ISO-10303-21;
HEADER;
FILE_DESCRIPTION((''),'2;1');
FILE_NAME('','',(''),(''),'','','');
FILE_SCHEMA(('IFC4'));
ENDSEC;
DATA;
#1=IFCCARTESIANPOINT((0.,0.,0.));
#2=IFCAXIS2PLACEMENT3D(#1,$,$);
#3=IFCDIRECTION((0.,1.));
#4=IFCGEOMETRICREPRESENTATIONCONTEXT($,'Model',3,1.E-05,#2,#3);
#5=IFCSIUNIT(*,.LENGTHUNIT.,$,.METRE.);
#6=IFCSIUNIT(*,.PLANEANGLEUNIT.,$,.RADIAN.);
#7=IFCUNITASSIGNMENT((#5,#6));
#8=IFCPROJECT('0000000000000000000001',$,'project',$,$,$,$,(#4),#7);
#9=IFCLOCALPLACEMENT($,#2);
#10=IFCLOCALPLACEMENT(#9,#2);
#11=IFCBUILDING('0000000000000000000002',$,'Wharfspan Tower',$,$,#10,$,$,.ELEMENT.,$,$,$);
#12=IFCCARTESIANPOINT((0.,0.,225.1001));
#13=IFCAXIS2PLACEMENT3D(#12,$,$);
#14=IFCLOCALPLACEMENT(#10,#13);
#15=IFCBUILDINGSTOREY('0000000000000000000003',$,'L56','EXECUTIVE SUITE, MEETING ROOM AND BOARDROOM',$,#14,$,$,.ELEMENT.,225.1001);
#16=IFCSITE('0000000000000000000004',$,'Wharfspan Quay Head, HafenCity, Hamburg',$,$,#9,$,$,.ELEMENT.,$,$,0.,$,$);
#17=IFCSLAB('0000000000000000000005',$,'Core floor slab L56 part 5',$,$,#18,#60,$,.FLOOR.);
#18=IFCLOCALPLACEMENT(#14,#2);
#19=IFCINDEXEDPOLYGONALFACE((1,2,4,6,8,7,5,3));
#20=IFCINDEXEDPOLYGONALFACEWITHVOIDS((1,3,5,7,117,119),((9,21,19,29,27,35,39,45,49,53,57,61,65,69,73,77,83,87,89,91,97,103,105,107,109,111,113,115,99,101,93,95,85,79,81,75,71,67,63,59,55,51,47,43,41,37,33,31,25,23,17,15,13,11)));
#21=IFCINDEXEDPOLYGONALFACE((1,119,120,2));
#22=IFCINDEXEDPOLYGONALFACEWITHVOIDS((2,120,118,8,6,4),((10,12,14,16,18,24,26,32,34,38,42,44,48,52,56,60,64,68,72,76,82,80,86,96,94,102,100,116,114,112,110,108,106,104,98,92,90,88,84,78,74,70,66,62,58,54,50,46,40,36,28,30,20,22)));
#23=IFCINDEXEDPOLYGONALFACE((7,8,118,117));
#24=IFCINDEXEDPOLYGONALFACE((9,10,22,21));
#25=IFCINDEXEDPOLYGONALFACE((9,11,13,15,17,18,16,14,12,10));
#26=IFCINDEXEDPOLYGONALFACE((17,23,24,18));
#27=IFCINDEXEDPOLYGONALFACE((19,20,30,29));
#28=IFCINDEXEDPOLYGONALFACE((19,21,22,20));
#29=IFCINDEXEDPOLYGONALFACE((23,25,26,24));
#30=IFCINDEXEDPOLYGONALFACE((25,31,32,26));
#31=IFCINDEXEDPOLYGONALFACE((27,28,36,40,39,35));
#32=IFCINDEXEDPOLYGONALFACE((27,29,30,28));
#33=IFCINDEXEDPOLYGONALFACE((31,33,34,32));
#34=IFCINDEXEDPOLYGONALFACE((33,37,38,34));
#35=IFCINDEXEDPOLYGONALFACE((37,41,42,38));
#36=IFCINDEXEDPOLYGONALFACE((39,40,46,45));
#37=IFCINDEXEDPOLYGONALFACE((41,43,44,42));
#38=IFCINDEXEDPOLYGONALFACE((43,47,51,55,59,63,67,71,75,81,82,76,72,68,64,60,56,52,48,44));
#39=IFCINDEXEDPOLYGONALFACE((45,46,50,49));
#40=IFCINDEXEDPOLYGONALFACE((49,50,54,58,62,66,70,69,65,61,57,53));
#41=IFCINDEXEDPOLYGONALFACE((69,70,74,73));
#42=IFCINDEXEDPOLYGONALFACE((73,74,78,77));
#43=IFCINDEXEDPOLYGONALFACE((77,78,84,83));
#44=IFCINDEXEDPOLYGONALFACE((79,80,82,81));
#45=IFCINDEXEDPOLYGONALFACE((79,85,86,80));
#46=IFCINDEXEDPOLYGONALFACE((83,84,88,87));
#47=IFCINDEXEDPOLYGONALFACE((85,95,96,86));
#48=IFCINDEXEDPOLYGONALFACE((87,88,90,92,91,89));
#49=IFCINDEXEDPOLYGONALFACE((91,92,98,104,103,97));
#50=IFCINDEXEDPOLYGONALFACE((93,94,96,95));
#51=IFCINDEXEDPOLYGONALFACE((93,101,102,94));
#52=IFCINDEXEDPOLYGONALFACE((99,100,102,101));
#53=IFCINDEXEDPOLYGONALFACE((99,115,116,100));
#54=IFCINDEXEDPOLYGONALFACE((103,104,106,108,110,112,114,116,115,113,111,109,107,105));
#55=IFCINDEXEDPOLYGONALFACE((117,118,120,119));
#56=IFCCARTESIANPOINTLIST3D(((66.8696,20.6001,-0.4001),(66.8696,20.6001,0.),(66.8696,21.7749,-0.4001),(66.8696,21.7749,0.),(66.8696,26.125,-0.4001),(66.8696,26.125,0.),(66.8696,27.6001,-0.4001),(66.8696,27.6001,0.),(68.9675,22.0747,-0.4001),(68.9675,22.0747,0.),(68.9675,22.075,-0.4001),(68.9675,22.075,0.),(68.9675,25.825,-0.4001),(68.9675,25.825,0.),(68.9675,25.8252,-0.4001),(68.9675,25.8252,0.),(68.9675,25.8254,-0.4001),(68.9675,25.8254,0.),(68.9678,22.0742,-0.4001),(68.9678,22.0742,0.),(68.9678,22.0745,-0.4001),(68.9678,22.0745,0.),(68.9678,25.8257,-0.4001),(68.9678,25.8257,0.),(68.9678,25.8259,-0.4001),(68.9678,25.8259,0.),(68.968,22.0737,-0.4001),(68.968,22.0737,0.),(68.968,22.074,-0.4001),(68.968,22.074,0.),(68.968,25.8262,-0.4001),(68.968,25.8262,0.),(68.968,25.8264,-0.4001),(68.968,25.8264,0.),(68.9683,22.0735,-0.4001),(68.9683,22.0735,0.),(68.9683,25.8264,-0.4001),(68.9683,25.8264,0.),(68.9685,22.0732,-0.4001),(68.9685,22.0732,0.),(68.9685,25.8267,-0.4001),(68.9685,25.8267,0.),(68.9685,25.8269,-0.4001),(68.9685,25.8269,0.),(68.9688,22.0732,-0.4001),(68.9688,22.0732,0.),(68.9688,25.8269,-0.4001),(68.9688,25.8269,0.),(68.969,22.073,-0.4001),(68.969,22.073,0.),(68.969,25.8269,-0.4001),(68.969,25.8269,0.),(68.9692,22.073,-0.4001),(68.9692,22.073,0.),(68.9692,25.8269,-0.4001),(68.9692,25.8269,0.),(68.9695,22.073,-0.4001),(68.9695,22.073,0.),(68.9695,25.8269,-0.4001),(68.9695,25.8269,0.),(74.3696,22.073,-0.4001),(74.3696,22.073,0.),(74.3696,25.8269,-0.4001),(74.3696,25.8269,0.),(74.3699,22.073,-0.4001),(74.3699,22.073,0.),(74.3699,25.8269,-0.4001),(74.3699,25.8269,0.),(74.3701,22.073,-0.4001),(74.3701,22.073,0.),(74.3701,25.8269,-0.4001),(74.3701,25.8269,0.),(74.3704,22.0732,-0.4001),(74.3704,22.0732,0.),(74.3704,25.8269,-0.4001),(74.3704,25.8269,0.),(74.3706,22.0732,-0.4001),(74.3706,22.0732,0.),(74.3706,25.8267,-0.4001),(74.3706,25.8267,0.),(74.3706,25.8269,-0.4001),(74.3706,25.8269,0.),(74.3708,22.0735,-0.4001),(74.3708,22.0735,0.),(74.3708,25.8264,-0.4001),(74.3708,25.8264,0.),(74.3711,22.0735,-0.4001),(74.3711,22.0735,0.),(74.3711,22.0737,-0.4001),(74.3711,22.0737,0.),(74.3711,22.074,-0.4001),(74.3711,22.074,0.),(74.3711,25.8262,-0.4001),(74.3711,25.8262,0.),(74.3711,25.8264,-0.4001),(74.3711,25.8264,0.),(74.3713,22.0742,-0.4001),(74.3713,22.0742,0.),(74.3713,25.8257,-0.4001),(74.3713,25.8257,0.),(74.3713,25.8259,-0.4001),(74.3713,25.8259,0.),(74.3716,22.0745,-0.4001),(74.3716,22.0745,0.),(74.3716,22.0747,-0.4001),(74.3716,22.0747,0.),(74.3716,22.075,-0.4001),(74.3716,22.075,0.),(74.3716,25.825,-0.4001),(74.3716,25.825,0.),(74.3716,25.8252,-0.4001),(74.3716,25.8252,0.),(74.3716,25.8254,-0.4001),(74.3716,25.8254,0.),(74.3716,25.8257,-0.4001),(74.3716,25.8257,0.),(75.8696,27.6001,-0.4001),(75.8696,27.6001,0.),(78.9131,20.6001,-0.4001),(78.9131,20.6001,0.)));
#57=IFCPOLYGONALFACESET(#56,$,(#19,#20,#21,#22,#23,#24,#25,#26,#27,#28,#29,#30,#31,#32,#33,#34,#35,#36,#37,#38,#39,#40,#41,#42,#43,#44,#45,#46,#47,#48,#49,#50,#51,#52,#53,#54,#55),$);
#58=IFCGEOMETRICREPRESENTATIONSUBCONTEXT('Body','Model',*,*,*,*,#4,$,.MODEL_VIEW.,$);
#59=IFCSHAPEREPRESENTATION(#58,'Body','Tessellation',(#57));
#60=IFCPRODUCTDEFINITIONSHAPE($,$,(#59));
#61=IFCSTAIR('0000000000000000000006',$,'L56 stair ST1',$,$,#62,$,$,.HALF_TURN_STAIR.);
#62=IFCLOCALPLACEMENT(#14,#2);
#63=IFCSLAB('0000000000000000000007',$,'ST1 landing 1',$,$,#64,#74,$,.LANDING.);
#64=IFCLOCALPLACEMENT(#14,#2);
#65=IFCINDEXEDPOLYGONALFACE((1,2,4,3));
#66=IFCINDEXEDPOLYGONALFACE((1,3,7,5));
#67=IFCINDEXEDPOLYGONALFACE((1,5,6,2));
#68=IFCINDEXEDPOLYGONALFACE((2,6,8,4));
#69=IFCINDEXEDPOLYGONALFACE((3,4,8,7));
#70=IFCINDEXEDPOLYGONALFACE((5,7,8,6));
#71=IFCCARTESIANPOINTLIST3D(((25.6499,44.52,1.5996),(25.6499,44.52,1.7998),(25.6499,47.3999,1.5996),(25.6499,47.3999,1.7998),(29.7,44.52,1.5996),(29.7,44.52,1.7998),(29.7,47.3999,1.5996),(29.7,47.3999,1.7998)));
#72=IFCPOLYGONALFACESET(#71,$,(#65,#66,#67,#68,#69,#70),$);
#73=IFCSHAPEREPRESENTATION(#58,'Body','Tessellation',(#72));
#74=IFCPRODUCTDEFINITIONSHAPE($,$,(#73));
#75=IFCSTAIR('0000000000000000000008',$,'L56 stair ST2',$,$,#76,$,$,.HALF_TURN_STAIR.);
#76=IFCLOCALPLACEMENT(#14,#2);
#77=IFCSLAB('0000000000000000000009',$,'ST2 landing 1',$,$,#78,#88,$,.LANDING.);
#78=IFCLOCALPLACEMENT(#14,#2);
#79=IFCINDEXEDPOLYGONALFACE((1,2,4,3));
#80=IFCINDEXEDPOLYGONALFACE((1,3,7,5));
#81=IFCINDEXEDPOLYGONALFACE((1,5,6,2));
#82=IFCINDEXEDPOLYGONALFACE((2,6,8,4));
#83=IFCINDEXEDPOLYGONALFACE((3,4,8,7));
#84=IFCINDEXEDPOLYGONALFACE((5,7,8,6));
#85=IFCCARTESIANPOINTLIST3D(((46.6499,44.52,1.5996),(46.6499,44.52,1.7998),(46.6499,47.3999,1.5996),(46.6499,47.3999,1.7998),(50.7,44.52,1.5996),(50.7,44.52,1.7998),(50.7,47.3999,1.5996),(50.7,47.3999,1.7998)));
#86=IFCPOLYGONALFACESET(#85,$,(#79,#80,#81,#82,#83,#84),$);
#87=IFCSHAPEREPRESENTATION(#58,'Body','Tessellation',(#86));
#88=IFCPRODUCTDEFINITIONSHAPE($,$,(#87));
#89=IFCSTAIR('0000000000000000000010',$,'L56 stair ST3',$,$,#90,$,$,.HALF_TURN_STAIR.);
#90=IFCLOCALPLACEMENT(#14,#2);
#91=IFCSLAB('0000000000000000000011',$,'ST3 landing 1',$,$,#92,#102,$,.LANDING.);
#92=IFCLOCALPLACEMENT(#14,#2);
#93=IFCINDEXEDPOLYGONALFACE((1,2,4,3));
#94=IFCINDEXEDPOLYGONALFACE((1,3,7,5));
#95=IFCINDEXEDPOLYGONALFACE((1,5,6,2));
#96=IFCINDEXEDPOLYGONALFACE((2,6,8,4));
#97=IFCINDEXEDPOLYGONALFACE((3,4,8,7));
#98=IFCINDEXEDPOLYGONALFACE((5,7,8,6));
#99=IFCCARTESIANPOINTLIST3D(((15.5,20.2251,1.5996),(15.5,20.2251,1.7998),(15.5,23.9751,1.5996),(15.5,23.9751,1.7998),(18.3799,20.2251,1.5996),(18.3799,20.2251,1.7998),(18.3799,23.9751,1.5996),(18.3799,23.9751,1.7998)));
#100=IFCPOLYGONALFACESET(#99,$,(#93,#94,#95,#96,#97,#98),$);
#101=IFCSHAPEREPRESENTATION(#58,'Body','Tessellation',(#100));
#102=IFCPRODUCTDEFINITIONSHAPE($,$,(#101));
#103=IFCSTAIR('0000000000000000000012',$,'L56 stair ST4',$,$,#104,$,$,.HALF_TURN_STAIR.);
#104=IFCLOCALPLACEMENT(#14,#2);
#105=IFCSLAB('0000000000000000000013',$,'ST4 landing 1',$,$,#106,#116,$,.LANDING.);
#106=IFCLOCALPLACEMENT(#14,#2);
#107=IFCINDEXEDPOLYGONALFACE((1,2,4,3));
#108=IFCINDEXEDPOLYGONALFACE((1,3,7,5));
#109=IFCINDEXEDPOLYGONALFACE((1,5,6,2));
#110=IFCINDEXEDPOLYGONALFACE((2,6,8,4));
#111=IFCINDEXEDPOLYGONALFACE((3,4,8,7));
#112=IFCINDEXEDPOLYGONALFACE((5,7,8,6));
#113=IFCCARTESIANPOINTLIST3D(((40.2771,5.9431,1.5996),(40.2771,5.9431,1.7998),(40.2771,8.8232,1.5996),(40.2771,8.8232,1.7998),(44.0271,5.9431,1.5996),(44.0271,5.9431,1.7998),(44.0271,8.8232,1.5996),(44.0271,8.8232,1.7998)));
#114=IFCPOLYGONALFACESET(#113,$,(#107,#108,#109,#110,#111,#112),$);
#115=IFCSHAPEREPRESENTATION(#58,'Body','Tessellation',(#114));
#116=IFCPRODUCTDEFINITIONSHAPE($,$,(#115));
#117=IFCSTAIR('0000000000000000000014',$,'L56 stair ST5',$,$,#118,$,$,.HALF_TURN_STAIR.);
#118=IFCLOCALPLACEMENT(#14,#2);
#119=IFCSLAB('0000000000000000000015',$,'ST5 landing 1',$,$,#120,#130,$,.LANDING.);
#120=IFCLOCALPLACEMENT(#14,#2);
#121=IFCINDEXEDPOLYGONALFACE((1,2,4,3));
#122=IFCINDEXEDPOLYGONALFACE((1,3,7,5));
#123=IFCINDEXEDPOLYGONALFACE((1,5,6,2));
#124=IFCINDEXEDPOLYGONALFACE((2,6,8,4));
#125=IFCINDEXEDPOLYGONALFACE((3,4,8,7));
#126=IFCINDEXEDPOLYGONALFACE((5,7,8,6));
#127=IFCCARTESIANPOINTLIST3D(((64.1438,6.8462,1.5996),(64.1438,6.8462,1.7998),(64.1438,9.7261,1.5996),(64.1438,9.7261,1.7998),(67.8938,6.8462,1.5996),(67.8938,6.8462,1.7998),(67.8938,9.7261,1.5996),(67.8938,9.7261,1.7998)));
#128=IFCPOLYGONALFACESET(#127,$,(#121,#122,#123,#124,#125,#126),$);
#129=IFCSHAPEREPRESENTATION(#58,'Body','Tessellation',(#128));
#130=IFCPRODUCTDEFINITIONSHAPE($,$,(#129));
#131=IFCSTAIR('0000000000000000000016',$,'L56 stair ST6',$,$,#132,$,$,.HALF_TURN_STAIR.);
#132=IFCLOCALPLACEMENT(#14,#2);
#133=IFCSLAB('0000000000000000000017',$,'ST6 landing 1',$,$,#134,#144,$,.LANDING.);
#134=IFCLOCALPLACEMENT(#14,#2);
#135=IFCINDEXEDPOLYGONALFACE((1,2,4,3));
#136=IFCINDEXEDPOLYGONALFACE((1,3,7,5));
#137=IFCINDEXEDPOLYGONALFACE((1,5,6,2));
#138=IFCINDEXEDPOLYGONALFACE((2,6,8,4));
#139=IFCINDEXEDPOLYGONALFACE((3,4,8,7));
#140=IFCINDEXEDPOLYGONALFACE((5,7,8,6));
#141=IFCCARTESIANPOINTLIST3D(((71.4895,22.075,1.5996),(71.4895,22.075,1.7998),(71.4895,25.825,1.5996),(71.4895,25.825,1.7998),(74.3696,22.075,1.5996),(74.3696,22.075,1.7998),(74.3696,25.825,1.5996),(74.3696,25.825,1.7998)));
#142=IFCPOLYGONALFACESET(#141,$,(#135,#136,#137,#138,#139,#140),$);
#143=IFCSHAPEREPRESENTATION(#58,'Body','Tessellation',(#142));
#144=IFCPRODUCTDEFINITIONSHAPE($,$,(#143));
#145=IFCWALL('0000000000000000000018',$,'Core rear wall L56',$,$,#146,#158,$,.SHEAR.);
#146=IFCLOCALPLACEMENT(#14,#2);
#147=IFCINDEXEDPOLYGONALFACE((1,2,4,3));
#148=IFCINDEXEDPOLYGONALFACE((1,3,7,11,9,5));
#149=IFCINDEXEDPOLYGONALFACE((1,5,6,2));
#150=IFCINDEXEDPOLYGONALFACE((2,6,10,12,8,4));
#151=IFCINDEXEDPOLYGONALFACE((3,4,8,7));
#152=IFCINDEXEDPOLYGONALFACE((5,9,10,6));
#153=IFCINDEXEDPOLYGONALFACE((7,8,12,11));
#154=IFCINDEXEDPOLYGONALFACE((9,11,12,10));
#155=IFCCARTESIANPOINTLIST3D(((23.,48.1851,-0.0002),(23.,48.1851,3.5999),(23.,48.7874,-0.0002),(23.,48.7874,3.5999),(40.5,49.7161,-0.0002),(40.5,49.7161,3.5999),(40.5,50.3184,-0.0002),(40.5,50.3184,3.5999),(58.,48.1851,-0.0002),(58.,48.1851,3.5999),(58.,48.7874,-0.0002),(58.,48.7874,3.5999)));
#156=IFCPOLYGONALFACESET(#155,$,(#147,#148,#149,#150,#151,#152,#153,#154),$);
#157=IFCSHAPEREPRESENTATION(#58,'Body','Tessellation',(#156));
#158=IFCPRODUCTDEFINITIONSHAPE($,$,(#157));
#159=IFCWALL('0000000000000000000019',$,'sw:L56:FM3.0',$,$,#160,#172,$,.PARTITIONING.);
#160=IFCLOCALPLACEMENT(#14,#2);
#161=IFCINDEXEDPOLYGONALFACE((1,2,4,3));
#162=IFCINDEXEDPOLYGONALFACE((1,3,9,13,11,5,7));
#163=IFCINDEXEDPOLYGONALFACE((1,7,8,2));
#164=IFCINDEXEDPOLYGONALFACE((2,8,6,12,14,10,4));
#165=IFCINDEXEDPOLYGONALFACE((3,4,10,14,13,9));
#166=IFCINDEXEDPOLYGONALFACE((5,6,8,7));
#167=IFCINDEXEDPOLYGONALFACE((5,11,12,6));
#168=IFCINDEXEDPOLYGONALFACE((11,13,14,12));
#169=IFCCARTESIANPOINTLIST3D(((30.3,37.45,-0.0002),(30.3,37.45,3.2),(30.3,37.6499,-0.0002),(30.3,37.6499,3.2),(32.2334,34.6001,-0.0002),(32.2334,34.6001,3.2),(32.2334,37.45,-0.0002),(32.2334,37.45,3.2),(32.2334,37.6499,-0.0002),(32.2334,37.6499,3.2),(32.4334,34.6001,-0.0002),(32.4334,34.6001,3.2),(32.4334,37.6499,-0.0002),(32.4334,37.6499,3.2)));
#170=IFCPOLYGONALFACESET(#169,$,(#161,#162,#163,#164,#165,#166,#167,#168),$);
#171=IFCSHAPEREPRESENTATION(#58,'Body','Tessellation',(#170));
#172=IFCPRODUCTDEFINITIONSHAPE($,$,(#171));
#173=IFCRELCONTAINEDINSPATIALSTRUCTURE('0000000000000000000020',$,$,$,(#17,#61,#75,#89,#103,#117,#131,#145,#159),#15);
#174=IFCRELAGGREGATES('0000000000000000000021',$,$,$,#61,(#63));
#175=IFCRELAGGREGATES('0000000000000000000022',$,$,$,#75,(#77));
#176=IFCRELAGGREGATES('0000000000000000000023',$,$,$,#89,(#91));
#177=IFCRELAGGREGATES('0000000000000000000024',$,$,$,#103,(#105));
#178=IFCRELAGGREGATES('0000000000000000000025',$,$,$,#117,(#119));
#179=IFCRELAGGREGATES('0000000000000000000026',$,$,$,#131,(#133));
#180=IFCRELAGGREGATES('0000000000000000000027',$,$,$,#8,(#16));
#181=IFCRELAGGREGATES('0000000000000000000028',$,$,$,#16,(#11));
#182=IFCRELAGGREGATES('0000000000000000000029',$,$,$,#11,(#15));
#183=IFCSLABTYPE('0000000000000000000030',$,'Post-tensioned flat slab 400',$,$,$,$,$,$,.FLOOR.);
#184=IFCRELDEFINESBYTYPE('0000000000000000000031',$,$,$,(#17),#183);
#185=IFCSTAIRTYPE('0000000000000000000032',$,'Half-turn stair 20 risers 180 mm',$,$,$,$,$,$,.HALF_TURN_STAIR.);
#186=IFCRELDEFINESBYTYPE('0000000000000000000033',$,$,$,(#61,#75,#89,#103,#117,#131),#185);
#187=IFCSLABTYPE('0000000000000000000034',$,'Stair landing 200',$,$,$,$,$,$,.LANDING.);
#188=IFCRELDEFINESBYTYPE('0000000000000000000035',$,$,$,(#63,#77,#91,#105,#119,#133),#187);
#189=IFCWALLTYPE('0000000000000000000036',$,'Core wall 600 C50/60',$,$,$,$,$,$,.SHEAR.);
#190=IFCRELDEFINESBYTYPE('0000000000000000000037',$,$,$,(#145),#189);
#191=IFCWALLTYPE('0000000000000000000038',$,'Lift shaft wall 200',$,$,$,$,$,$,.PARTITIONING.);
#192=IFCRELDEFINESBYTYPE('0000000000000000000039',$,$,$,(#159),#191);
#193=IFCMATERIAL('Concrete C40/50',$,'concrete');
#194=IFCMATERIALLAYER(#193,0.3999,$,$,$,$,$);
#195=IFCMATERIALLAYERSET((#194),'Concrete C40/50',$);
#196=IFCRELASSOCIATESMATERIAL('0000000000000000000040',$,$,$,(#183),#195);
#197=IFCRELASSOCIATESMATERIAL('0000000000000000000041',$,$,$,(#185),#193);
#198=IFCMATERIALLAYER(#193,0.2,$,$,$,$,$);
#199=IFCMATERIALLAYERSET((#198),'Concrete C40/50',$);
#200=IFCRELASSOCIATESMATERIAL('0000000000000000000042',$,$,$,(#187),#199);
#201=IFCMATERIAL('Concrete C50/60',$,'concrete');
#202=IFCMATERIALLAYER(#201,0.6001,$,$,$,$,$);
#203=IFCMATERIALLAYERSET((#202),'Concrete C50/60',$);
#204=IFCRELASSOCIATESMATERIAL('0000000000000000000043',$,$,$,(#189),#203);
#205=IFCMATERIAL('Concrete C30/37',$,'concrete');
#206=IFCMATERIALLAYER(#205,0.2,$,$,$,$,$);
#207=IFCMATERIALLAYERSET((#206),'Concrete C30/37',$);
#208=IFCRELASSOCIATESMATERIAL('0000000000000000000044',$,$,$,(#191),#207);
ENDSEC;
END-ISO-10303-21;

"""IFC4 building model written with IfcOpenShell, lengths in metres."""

from ifc_helpers import new_model, si_unit, direction, frame, origin, place, context, subcontext, project, spatial, polyline, outline, extrude, material, layer, layer_set, type_object, element, aggregate, save


model = new_model("IFC4")

# Units and contexts
model_context = context("Model", 3, precision=1e-05, world=origin(), true_north=direction((0.0, 1.0)))
body_context = subcontext(model_context, "Body", "Model", "MODEL_VIEW")
ifc_project = project(units=[si_unit("LENGTHUNIT", "METRE"), si_unit("PLANEANGLEUNIT", "RADIAN")], contexts=[model_context])

# Site, building, storey
site_placement = place(None, origin())
site = spatial("IfcSite", under=ifc_project, at=site_placement, Name="Wharfspan Quay Head, HafenCity, Hamburg", CompositionType="ELEMENT", RefElevation=0.0)
building_placement = place(site_placement, origin())
building = spatial("IfcBuilding", under=site, at=building_placement, Name="Wharfspan Tower", CompositionType="ELEMENT")
storey_placement = place(building_placement, frame((0.0, 0.0, 225.1001)))
storey = spatial("IfcBuildingStorey", under=building, at=storey_placement, Name="L56", Description="EXECUTIVE SUITE, MEETING ROOM AND BOARDROOM", CompositionType="ELEMENT", Elevation=225.1001)

# Slab
ifc_material_1 = material(Name="Concrete C40/50", Category="concrete")
ifc_layer_1 = layer(ifc_material_1, 0.3999)
ifc_layer_set_1 = layer_set([ifc_layer_1], Name="Concrete C40/50")
slab_type_1 = type_object("IfcSlabType", Name="Post-tensioned flat slab 400", PredefinedType="FLOOR", material=ifc_layer_set_1)
slab_1_placement = place(storey_placement, frame((0.0, 0.0, -0.4001)))
element("IfcSlab", 1, at=slab_1_placement, inside=storey, type_object=slab_type_1, Name="Core floor slab L56 part 5", PredefinedType="FLOOR", context=body_context, shape_type="SweptSolid", body=[
    extrude(outline(polyline([(75.8696, 27.6001), (66.8696, 27.6001), (66.8696, 26.125), (66.8696, 21.7749), (66.8696, 20.6001), (78.9131, 20.6001), (75.8696, 27.6001)]), holes=[polyline([(68.9675, 25.825), (68.9675, 25.8252), (68.9675, 25.8254), (68.9678, 25.8257), (68.9678, 25.8257), (68.9678, 25.8259), (68.968, 25.8262), (68.968, 25.8264), (68.9683, 25.8264), (68.9683, 25.8264), (68.9685, 25.8267), (68.9685, 25.8269), (68.9688, 25.8269), (68.969, 25.8269), (68.9692, 25.8269), (68.9695, 25.8269), (68.9695, 25.8269), (74.3696, 25.8269), (74.3699, 25.8269), (74.3701, 25.8269), (74.3701, 25.8269), (74.3704, 25.8269), (74.3706, 25.8269), (74.3706, 25.8267), (74.3709, 25.8264), (74.3711, 25.8264), (74.3711, 25.8264), (74.3711, 25.8262), (74.3713, 25.8259), (74.3713, 25.8257), (74.3716, 25.8257), (74.3716, 25.8254), (74.3716, 25.8252), (74.3716, 25.825), (74.3716, 22.075), (74.3716, 22.0747), (74.3716, 22.0747), (74.3716, 22.0745), (74.3713, 22.0742), (74.3713, 22.0742), (74.3711, 22.074), (74.3711, 22.0737), (74.3711, 22.0735), (74.3709, 22.0735), (74.3706, 22.0732), (74.3706, 22.0732), (74.3704, 22.0732), (74.3701, 22.073), (74.3701, 22.073), (74.3699, 22.073), (74.3696, 22.073), (68.9695, 22.073), (68.9695, 22.073), (68.9692, 22.073), (68.969, 22.073), (68.9688, 22.0732), (68.9685, 22.0732), (68.9685, 22.0732), (68.9683, 22.0735), (68.9683, 22.0735), (68.968, 22.0737), (68.968, 22.074), (68.9678, 22.0742), (68.9678, 22.0742), (68.9678, 22.0745), (68.9675, 22.0747), (68.9675, 22.0747), (68.9675, 22.075), (68.9675, 25.825)])]), origin(), (0.0, 0.0, 1.0), 0.4001),
])

# Stairs, slabs
stair_type = type_object("IfcStairType", Name="Half-turn stair 20 risers 180 mm", PredefinedType="HALF_TURN_STAIR", material=ifc_material_1)
stair_1_placement = place(storey_placement, origin())
stair_1 = element("IfcStair", 2, at=stair_1_placement, inside=storey, type_object=stair_type, Name="L56 stair ST1", PredefinedType="HALF_TURN_STAIR")
ifc_layer_2 = layer(ifc_material_1, 0.2)
ifc_layer_set_2 = layer_set([ifc_layer_2], Name="Concrete C40/50")
slab_type_2 = type_object("IfcSlabType", Name="Stair landing 200", PredefinedType="LANDING", material=ifc_layer_set_2)
slab_2_placement = place(storey_placement, frame((0.0, 0.0, 1.5996)))
slab_2 = element("IfcSlab", 3, at=slab_2_placement, type_object=slab_type_2, Name="ST1 landing 1", PredefinedType="LANDING", context=body_context, shape_type="SweptSolid", body=[
    extrude(outline(polyline([(25.6499, 44.52), (29.7, 44.52), (29.7, 47.3999), (25.6499, 47.3999), (25.6499, 44.52)])), origin(), (0.0, 0.0, 1.0), 0.2002),
])
aggregate(stair_1, [slab_2])
stair_2_placement = place(storey_placement, origin())
stair_2 = element("IfcStair", 4, at=stair_2_placement, inside=storey, type_object=stair_type, Name="L56 stair ST2", PredefinedType="HALF_TURN_STAIR")
slab_3_placement = place(storey_placement, frame((0.0, 0.0, 1.5996)))
slab_3 = element("IfcSlab", 5, at=slab_3_placement, type_object=slab_type_2, Name="ST2 landing 1", PredefinedType="LANDING", context=body_context, shape_type="SweptSolid", body=[
    extrude(outline(polyline([(46.6499, 44.52), (50.7, 44.52), (50.7, 47.3999), (46.6499, 47.3999), (46.6499, 44.52)])), origin(), (0.0, 0.0, 1.0), 0.2002),
])
aggregate(stair_2, [slab_3])
stair_3_placement = place(storey_placement, origin())
stair_3 = element("IfcStair", 6, at=stair_3_placement, inside=storey, type_object=stair_type, Name="L56 stair ST3", PredefinedType="HALF_TURN_STAIR")
slab_4_placement = place(storey_placement, frame((0.0, 0.0, 1.5996)))
slab_4 = element("IfcSlab", 7, at=slab_4_placement, type_object=slab_type_2, Name="ST3 landing 1", PredefinedType="LANDING", context=body_context, shape_type="SweptSolid", body=[
    extrude(outline(polyline([(18.3799, 23.9751), (15.5, 23.9751), (15.5, 20.2251), (18.3799, 20.2251), (18.3799, 23.9751)])), origin(), (0.0, 0.0, 1.0), 0.2002),
])
aggregate(stair_3, [slab_4])
stair_4_placement = place(storey_placement, origin())
stair_4 = element("IfcStair", 8, at=stair_4_placement, inside=storey, type_object=stair_type, Name="L56 stair ST4", PredefinedType="HALF_TURN_STAIR")
slab_5_placement = place(storey_placement, frame((0.0, 0.0, 1.5996)))
slab_5 = element("IfcSlab", 9, at=slab_5_placement, type_object=slab_type_2, Name="ST4 landing 1", PredefinedType="LANDING", context=body_context, shape_type="SweptSolid", body=[
    extrude(outline(polyline([(40.2771, 8.8232), (40.2771, 5.9431), (44.0271, 5.9431), (44.0271, 8.8232), (40.2771, 8.8232)])), origin(), (0.0, 0.0, 1.0), 0.2002),
])
aggregate(stair_4, [slab_5])
stair_5_placement = place(storey_placement, origin())
stair_5 = element("IfcStair", 10, at=stair_5_placement, inside=storey, type_object=stair_type, Name="L56 stair ST5", PredefinedType="HALF_TURN_STAIR")
slab_6_placement = place(storey_placement, frame((0.0, 0.0, 1.5996)))
slab_6 = element("IfcSlab", 11, at=slab_6_placement, type_object=slab_type_2, Name="ST5 landing 1", PredefinedType="LANDING", context=body_context, shape_type="SweptSolid", body=[
    extrude(outline(polyline([(64.1438, 9.7261), (64.1438, 6.8462), (67.8938, 6.8462), (67.8938, 9.7261), (64.1438, 9.7261)])), origin(), (0.0, 0.0, 1.0), 0.2002),
])
aggregate(stair_5, [slab_6])
stair_6_placement = place(storey_placement, origin())
stair_6 = element("IfcStair", 12, at=stair_6_placement, inside=storey, type_object=stair_type, Name="L56 stair ST6", PredefinedType="HALF_TURN_STAIR")
slab_7_placement = place(storey_placement, frame((0.0, 0.0, 1.5996)))
slab_7 = element("IfcSlab", 13, at=slab_7_placement, type_object=slab_type_2, Name="ST6 landing 1", PredefinedType="LANDING", context=body_context, shape_type="SweptSolid", body=[
    extrude(outline(polyline([(71.4895, 22.075), (74.3696, 22.075), (74.3696, 25.825), (71.4895, 25.825), (71.4895, 22.075)])), origin(), (0.0, 0.0, 1.0), 0.2002),
])
aggregate(stair_6, [slab_7])

# Walls
ifc_material_2 = material(Name="Concrete C50/60", Category="concrete")
ifc_layer_3 = layer(ifc_material_2, 0.6001)
ifc_layer_set_3 = layer_set([ifc_layer_3], Name="Concrete C50/60")
wall_type_1 = type_object("IfcWallType", Name="Core wall 600 C50/60", PredefinedType="SHEAR", material=ifc_layer_set_3)
wall_1_placement = place(storey_placement, frame((0.0, 0.0, -0.0002)))
element("IfcWall", 14, at=wall_1_placement, inside=storey, type_object=wall_type_1, Name="Core rear wall L56", PredefinedType="SHEAR", context=body_context, shape_type="SweptSolid", body=[
    extrude(outline(polyline([(23.0, 48.1851), (40.5, 49.7161), (58.0, 48.1851), (58.0, 48.7874), (40.5, 50.3184), (23.0, 48.7874), (23.0, 48.1851)])), origin(), (0.0, 0.0, 1.0), 3.6001),
])
ifc_material_3 = material(Name="Concrete C30/37", Category="concrete")
ifc_layer_4 = layer(ifc_material_3, 0.2)
ifc_layer_set_4 = layer_set([ifc_layer_4], Name="Concrete C30/37")
wall_type_2 = type_object("IfcWallType", Name="Lift shaft wall 200", PredefinedType="PARTITIONING", material=ifc_layer_set_4)
wall_2_placement = place(storey_placement, frame((0.0, 0.0, -0.0002)))
element("IfcWall", 15, at=wall_2_placement, inside=storey, type_object=wall_type_2, Name="sw:L56:FM3.0", PredefinedType="PARTITIONING", context=body_context, shape_type="SweptSolid", body=[
    extrude(outline(polyline([(32.2334, 37.45), (30.3, 37.45), (30.3, 37.6499), (32.2334, 37.6499), (32.4333, 37.6499), (32.4333, 34.6001), (32.2334, 34.6001), (32.2334, 37.45)])), origin(), (0.0, 0.0, 1.0), 3.2002),
])

save(model, "model.ifc")
